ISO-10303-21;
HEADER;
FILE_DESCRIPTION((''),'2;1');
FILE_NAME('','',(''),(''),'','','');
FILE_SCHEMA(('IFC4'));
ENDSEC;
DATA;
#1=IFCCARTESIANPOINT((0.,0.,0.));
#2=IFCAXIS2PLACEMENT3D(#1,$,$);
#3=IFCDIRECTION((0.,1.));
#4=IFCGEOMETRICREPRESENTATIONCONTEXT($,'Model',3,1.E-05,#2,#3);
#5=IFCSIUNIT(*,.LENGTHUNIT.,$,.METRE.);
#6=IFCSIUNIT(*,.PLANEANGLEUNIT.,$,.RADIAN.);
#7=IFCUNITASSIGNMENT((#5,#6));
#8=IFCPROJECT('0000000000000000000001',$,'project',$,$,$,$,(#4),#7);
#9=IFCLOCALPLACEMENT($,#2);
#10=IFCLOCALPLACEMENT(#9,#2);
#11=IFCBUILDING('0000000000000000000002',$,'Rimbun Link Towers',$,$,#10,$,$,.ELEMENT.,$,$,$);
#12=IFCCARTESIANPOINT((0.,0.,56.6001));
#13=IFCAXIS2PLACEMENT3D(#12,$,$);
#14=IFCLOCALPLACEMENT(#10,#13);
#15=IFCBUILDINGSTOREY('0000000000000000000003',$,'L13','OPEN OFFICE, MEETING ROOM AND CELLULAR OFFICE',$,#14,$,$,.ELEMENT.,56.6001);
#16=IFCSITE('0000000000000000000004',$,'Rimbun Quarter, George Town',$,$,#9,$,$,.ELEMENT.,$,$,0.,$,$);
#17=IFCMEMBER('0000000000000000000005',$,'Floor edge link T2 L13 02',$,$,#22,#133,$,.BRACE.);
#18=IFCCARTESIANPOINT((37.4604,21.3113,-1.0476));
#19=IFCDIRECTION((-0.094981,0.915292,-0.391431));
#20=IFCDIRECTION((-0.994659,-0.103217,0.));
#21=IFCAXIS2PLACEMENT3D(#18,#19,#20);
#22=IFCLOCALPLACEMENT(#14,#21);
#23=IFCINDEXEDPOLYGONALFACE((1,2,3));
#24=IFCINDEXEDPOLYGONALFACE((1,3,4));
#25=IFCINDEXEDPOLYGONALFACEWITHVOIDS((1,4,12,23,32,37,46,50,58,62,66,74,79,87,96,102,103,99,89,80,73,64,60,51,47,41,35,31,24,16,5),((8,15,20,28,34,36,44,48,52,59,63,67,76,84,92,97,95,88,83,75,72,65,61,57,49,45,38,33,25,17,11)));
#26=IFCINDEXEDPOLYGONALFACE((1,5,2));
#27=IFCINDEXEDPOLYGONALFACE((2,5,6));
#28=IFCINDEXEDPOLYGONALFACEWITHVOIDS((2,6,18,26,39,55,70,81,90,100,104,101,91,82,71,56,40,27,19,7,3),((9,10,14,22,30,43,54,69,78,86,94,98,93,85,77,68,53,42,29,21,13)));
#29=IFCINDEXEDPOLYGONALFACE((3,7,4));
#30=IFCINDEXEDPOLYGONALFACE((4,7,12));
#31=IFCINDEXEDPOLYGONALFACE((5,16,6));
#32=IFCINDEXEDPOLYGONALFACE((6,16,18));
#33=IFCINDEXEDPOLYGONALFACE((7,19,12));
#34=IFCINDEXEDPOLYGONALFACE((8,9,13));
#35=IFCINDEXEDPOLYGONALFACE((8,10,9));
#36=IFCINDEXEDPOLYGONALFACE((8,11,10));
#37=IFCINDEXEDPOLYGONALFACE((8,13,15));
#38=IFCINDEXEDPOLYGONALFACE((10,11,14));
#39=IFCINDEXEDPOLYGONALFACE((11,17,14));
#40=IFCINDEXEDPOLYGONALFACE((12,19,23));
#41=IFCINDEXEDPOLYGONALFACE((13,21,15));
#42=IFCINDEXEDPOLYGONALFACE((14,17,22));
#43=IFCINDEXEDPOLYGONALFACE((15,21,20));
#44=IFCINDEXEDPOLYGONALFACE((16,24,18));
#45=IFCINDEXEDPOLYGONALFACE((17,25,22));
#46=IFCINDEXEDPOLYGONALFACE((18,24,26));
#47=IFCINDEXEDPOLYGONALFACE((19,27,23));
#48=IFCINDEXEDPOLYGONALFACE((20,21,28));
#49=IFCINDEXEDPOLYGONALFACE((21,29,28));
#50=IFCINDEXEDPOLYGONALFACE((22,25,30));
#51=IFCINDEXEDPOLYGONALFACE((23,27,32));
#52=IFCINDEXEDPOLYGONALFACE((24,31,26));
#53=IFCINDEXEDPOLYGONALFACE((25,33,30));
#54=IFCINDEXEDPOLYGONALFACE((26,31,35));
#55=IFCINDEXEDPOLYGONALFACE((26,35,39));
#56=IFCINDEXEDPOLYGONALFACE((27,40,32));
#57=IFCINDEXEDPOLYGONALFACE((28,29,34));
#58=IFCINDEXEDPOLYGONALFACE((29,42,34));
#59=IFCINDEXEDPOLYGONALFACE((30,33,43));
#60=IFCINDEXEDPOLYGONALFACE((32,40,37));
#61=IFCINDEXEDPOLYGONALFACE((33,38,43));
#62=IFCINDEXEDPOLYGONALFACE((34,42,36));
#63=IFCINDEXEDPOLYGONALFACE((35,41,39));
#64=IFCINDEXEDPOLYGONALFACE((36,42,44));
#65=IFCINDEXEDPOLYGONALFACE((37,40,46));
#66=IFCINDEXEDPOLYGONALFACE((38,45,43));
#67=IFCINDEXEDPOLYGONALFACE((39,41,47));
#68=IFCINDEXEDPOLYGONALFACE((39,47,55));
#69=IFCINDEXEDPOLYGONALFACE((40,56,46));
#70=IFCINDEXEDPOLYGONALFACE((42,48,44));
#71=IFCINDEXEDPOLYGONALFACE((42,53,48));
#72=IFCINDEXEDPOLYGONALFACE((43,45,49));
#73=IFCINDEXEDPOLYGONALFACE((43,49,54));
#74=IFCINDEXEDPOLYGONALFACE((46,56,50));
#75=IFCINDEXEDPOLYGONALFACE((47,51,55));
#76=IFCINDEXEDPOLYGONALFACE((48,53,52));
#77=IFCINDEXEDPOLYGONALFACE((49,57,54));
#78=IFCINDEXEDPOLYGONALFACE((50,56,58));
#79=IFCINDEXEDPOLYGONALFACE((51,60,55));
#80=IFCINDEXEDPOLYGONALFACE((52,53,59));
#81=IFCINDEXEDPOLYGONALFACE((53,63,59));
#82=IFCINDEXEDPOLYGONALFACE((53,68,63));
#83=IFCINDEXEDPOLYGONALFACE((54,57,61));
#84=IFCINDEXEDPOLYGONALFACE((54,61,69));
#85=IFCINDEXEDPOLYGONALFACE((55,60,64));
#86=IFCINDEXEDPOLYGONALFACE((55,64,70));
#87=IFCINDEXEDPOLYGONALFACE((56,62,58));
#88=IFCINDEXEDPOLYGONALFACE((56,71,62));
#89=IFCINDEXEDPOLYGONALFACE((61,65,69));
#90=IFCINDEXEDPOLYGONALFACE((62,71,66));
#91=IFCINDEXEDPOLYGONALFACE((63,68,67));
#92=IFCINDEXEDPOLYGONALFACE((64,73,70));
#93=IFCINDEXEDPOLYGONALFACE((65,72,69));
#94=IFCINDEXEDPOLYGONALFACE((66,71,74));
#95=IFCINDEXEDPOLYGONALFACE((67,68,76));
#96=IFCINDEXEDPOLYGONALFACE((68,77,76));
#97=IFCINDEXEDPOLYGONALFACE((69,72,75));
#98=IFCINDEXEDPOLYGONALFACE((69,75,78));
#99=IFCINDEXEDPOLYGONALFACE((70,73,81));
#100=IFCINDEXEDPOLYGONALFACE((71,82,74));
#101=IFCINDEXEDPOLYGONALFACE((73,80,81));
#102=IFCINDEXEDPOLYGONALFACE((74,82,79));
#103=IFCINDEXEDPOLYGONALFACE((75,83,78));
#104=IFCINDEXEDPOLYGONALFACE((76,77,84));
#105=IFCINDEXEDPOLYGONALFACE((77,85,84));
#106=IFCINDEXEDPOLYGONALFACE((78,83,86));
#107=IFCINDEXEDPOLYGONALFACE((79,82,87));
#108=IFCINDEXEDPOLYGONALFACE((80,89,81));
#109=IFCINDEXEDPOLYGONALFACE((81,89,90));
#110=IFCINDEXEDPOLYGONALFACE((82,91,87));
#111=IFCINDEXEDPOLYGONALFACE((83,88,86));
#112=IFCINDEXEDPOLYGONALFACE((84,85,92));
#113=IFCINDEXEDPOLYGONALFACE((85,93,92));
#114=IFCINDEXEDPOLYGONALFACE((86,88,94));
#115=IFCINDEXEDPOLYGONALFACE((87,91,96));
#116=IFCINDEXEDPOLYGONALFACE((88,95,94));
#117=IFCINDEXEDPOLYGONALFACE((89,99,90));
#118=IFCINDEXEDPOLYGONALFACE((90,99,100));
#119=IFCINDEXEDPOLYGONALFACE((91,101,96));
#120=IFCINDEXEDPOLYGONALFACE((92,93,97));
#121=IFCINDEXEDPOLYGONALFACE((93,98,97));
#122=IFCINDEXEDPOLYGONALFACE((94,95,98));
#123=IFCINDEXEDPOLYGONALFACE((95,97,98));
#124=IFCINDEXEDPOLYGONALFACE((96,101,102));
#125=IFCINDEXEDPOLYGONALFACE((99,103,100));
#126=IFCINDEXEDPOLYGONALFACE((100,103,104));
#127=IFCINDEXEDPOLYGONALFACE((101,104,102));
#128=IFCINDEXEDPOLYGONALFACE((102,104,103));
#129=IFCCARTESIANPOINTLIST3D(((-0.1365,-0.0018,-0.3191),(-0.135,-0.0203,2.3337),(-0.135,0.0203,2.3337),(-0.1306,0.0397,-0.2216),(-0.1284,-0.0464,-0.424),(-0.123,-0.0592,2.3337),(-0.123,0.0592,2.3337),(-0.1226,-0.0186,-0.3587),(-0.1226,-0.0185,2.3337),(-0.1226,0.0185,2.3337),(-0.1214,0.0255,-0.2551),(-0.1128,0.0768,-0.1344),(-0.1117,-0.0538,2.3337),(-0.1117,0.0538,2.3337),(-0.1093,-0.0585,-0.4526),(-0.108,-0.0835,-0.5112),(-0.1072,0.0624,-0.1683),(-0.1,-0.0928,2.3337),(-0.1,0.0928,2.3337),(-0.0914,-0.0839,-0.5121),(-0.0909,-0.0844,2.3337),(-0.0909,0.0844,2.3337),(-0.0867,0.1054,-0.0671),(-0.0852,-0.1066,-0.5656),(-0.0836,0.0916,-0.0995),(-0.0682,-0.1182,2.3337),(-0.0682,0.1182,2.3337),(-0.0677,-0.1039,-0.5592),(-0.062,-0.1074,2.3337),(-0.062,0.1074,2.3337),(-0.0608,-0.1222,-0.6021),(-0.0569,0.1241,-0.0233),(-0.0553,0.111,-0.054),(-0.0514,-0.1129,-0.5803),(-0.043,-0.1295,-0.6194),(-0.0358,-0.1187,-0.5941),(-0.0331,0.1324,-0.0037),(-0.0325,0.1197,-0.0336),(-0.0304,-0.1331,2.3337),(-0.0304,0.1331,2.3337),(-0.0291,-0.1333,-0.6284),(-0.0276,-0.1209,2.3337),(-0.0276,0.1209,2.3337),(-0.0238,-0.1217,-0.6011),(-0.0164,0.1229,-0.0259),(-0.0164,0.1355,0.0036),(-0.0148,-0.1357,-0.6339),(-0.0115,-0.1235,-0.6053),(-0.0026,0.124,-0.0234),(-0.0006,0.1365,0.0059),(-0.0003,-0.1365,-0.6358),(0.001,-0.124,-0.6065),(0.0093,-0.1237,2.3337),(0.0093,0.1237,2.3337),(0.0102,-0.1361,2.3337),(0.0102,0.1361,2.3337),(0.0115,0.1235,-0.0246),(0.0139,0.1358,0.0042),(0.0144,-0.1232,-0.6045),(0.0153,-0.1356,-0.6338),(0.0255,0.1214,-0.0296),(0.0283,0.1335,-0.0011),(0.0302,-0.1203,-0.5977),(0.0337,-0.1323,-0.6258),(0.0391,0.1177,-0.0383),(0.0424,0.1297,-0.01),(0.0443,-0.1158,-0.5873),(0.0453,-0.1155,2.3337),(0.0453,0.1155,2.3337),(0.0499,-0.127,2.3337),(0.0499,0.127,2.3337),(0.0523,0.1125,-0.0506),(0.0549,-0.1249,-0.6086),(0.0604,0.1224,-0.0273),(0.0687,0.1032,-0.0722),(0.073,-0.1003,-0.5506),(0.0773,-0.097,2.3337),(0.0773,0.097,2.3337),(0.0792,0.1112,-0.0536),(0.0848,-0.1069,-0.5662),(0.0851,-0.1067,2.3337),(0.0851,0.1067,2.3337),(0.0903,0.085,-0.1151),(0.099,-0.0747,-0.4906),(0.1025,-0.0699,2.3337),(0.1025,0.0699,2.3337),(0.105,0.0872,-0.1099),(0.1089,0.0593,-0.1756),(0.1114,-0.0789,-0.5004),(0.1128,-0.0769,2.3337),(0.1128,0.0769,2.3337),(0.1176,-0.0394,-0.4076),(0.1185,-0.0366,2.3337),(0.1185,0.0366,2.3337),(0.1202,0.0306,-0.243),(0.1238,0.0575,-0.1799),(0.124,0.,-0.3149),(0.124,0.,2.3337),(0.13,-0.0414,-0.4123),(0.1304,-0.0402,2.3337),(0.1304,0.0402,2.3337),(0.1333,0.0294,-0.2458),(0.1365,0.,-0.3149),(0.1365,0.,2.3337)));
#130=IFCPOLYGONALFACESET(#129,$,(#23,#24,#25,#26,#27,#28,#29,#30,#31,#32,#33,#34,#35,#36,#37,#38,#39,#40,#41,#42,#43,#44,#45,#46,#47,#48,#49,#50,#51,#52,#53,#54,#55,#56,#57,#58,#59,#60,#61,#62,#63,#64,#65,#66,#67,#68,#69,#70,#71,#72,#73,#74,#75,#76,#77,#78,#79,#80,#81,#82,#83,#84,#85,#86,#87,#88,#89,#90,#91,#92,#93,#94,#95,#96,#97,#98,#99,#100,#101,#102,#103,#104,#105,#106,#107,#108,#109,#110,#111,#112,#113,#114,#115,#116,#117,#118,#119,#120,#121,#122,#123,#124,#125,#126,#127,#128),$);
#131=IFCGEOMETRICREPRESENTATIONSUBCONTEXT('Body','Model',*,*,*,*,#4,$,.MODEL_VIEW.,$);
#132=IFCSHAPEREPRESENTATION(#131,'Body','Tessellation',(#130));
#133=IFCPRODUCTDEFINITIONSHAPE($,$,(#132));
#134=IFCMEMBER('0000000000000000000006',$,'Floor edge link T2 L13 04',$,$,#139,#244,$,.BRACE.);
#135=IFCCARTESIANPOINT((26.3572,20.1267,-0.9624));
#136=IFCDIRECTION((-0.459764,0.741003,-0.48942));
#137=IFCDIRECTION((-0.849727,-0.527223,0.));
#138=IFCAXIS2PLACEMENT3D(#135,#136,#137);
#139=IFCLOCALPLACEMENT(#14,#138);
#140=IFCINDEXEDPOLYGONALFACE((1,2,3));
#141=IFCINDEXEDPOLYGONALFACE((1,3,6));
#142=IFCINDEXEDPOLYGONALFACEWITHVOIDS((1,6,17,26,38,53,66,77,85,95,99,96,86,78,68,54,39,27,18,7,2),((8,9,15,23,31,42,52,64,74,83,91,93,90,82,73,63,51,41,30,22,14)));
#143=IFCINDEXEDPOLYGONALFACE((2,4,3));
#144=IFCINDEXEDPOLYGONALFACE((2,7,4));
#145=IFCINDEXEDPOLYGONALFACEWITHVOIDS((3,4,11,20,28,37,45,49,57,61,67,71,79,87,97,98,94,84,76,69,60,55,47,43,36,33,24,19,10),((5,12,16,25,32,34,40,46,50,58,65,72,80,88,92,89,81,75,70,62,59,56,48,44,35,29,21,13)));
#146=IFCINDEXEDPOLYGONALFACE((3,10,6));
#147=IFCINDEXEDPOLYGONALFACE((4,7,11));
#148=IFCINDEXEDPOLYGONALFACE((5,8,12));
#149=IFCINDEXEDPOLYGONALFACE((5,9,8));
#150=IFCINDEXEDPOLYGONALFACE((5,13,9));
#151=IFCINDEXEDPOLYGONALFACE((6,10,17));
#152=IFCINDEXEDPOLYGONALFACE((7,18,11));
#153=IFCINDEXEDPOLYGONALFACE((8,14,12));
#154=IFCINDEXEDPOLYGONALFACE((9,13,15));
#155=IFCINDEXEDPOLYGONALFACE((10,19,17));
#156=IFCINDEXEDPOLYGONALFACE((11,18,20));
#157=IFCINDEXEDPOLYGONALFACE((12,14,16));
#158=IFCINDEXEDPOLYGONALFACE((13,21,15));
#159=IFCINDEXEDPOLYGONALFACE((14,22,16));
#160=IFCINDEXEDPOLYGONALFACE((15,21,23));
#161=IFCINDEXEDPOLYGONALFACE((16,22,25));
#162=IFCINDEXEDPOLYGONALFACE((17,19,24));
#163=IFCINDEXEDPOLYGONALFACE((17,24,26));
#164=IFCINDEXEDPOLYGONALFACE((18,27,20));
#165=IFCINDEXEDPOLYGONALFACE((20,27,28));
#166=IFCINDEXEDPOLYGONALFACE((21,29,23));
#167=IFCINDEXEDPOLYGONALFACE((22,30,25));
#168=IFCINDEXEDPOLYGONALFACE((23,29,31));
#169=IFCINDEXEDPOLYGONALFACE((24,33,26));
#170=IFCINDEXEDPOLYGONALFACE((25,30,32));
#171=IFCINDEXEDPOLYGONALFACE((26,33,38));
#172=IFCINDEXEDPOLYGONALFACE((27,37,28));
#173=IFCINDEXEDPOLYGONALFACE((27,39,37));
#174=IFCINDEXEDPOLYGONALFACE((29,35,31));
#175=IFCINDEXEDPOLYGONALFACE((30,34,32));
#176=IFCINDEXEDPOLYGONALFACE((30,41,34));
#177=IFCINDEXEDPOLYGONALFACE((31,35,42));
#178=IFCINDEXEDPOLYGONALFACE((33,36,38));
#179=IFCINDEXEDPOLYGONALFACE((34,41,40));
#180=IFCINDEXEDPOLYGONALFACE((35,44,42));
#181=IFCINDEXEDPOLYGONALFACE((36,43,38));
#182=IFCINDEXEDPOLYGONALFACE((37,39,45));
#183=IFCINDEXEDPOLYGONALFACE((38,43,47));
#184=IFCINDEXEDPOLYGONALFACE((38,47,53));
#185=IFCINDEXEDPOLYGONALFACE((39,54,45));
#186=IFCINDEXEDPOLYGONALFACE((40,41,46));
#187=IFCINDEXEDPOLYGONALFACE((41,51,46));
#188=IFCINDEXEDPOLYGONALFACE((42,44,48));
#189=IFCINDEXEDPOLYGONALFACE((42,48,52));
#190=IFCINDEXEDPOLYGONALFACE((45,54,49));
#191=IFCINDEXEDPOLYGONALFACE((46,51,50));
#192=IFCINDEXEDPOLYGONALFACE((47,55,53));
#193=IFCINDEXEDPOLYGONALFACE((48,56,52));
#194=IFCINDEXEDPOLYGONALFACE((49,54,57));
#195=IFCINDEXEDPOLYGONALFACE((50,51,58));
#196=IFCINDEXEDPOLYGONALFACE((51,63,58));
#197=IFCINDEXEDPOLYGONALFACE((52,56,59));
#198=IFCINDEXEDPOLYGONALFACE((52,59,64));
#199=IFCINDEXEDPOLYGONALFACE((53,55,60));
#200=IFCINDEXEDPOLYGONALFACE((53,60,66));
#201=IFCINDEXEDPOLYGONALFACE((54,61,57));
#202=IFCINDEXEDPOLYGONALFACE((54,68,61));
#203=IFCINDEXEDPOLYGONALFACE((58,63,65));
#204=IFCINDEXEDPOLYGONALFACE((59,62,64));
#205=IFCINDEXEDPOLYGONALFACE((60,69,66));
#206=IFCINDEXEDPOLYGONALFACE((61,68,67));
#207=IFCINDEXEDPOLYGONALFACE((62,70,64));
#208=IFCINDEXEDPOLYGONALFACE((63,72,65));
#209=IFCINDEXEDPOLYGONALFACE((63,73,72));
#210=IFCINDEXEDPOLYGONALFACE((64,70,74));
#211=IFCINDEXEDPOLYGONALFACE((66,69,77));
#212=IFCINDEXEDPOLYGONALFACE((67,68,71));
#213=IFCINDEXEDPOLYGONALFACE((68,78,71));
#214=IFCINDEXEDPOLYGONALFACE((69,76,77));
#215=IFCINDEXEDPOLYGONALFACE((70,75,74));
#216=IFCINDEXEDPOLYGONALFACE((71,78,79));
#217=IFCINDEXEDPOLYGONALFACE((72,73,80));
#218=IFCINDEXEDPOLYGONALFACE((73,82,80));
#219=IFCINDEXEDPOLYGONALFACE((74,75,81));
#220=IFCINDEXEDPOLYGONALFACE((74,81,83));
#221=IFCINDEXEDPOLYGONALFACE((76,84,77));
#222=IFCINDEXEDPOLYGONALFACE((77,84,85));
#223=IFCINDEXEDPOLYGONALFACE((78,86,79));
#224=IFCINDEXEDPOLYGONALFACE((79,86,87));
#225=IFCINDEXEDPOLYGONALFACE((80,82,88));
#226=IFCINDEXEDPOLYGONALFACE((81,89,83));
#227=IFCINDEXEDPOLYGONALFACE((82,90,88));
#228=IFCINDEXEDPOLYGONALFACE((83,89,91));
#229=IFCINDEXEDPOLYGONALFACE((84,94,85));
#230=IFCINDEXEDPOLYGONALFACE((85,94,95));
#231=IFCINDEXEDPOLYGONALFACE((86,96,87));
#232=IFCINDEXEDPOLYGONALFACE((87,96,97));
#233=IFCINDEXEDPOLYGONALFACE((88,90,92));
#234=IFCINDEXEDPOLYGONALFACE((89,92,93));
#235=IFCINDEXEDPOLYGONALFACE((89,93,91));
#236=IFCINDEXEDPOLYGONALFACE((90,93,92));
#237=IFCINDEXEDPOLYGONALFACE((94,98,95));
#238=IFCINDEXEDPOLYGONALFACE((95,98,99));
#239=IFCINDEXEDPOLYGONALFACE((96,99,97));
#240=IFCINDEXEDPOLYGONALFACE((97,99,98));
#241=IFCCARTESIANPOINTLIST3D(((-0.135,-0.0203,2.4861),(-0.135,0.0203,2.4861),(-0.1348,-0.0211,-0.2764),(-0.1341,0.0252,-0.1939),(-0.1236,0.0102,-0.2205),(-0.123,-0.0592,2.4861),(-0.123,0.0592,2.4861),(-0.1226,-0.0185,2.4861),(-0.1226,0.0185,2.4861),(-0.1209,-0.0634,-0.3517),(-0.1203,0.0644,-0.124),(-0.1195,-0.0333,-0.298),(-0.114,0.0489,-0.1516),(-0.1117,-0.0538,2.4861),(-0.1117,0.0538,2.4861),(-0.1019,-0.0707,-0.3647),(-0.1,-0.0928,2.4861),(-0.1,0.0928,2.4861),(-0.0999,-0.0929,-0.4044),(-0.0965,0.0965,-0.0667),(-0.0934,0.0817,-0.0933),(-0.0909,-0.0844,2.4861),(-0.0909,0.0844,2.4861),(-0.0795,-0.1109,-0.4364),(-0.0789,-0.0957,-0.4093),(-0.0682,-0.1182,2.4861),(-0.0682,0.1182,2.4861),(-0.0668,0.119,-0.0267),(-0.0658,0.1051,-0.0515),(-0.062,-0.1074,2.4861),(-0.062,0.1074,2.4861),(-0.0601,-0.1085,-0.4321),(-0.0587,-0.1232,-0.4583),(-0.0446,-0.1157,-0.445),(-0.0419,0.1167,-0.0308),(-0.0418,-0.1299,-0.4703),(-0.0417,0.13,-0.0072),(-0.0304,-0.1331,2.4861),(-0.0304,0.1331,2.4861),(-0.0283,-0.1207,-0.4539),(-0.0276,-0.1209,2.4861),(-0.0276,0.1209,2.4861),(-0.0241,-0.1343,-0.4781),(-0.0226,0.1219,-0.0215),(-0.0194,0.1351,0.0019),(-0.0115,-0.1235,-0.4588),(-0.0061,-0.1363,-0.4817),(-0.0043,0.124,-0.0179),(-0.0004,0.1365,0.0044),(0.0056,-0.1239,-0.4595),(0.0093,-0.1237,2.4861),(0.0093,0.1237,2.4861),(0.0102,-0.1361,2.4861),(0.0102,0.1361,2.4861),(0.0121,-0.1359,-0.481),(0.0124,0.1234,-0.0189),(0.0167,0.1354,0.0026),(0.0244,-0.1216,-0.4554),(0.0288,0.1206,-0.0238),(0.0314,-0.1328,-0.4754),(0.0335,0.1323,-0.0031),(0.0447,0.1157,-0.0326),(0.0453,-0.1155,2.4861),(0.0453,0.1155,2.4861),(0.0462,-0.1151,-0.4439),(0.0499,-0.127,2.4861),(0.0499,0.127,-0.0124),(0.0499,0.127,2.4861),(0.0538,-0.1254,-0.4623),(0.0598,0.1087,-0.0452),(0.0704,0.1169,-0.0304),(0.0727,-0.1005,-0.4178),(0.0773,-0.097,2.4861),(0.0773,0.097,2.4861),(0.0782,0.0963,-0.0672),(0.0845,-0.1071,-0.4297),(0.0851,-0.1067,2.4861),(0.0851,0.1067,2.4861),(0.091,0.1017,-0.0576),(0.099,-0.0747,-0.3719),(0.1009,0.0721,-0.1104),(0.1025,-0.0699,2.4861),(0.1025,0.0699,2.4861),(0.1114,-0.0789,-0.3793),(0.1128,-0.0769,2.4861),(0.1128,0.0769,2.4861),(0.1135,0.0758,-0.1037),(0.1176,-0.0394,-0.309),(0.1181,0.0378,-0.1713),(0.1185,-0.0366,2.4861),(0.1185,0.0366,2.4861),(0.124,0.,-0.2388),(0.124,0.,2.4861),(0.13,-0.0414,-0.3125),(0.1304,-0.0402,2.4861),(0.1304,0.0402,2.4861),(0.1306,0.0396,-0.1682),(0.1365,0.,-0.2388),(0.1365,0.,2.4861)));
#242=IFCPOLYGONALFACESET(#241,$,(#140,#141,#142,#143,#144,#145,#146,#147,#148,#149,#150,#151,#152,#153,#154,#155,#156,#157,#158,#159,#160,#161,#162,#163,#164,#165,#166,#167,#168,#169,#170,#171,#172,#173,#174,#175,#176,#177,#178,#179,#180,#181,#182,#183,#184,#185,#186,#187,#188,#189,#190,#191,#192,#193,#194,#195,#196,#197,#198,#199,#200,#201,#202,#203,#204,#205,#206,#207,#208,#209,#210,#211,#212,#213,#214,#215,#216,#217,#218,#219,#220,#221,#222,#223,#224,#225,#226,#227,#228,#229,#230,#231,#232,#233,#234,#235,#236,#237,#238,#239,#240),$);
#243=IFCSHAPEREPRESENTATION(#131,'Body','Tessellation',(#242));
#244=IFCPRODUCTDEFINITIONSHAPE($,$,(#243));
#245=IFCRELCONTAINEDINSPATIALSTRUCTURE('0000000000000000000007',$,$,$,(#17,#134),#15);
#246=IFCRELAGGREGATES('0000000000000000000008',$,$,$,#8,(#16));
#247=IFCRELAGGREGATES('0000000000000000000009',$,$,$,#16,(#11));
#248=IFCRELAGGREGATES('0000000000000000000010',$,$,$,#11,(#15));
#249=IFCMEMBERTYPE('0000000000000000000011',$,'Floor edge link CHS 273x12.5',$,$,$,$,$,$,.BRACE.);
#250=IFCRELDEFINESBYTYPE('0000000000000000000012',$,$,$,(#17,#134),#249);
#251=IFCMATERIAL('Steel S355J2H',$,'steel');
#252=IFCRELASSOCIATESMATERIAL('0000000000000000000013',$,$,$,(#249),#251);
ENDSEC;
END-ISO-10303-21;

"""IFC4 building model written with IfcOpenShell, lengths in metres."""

from ifc_helpers import new_model, si_unit, direction, frame, origin, origin_2d, place, context, subcontext, project, spatial, hollow_circle, extrude, clip, halfspace, material, material_profile, profile_set, type_object, element, save


model = new_model("IFC4")

# Units and contexts
model_context = context("Model", 3, precision=1e-05, world=origin(), true_north=direction((0.0, 1.0)))
body_context = subcontext(model_context, "Body", "Model", "MODEL_VIEW")
ifc_project = project(units=[si_unit("LENGTHUNIT", "METRE"), si_unit("PLANEANGLEUNIT", "RADIAN")], contexts=[model_context])

# Site, building, storey
site_placement = place(None, origin())
site = spatial("IfcSite", under=ifc_project, at=site_placement, Name="Rimbun Quarter, George Town", CompositionType="ELEMENT", RefElevation=0.0)
building_placement = place(site_placement, origin())
building = spatial("IfcBuilding", under=site, at=building_placement, Name="Rimbun Link Towers", CompositionType="ELEMENT")
storey_placement = place(building_placement, frame((0.0, 0.0, 56.6001)))
storey = spatial("IfcBuildingStorey", under=building, at=storey_placement, Name="L13", Description="OPEN OFFICE, MEETING ROOM AND CELLULAR OFFICE", CompositionType="ELEMENT", Elevation=56.6001)

# Members
ifc_material_1 = material(Name="Steel S355J2H", Category="steel")
ifc_material_profile_1 = material_profile(ifc_material_1, hollow_circle(Radius=0.1365, WallThickness=0.0125, at=origin_2d()), Name="CHS 273x12.5")
ifc_profile_set_1 = profile_set([ifc_material_profile_1], Name="Steel S355J2H")
member_type_1 = type_object("IfcMemberType", Name="Floor edge link CHS 273x12.5", PredefinedType="BRACE", material=ifc_profile_set_1)
member_1_placement = place(storey_placement, frame((37.4604, 21.3113, -1.0476), z_axis=(-0.094981, 0.915292, -0.391431), x_axis=(-0.994659, -0.103217, 0.0)))
element("IfcMember", 1, at=member_1_placement, inside=storey, type_object=member_type_1, Name="Floor edge link T2 L13 02", PredefinedType="BRACE", context=body_context, shape_type="Clipping", body=[
    clip(extrude(hollow_circle(Radius=0.1365, WallThickness=0.0125, at=origin_2d()), frame((0.0, 0.0, -0.6675)), (0.0, 0.0, 1.0), 3.0012), halfspace(frame((0.0, 0.0, -0.3149), z_axis=(0.0, 0.920207, -0.391431)), False)),
])
member_2_placement = place(storey_placement, frame((26.3572, 20.1267, -0.9624), z_axis=(-0.459764, 0.741003, -0.48942), x_axis=(-0.849727, -0.527223, 0.0)))
element("IfcMember", 2, at=member_2_placement, inside=storey, type_object=member_type_1, Name="Floor edge link T2 L13 04", PredefinedType="BRACE", context=body_context, shape_type="Clipping", body=[
    clip(extrude(hollow_circle(Radius=0.1365, WallThickness=0.0125, at=origin_2d()), frame((0.0, 0.0, -0.5068)), (0.0, 0.0, 1.0), 2.9929), halfspace(frame((0.0, 0.0, -0.2388), z_axis=(0.0, 0.872048, -0.48942)), False)),
])

save(model, "model.ifc")
